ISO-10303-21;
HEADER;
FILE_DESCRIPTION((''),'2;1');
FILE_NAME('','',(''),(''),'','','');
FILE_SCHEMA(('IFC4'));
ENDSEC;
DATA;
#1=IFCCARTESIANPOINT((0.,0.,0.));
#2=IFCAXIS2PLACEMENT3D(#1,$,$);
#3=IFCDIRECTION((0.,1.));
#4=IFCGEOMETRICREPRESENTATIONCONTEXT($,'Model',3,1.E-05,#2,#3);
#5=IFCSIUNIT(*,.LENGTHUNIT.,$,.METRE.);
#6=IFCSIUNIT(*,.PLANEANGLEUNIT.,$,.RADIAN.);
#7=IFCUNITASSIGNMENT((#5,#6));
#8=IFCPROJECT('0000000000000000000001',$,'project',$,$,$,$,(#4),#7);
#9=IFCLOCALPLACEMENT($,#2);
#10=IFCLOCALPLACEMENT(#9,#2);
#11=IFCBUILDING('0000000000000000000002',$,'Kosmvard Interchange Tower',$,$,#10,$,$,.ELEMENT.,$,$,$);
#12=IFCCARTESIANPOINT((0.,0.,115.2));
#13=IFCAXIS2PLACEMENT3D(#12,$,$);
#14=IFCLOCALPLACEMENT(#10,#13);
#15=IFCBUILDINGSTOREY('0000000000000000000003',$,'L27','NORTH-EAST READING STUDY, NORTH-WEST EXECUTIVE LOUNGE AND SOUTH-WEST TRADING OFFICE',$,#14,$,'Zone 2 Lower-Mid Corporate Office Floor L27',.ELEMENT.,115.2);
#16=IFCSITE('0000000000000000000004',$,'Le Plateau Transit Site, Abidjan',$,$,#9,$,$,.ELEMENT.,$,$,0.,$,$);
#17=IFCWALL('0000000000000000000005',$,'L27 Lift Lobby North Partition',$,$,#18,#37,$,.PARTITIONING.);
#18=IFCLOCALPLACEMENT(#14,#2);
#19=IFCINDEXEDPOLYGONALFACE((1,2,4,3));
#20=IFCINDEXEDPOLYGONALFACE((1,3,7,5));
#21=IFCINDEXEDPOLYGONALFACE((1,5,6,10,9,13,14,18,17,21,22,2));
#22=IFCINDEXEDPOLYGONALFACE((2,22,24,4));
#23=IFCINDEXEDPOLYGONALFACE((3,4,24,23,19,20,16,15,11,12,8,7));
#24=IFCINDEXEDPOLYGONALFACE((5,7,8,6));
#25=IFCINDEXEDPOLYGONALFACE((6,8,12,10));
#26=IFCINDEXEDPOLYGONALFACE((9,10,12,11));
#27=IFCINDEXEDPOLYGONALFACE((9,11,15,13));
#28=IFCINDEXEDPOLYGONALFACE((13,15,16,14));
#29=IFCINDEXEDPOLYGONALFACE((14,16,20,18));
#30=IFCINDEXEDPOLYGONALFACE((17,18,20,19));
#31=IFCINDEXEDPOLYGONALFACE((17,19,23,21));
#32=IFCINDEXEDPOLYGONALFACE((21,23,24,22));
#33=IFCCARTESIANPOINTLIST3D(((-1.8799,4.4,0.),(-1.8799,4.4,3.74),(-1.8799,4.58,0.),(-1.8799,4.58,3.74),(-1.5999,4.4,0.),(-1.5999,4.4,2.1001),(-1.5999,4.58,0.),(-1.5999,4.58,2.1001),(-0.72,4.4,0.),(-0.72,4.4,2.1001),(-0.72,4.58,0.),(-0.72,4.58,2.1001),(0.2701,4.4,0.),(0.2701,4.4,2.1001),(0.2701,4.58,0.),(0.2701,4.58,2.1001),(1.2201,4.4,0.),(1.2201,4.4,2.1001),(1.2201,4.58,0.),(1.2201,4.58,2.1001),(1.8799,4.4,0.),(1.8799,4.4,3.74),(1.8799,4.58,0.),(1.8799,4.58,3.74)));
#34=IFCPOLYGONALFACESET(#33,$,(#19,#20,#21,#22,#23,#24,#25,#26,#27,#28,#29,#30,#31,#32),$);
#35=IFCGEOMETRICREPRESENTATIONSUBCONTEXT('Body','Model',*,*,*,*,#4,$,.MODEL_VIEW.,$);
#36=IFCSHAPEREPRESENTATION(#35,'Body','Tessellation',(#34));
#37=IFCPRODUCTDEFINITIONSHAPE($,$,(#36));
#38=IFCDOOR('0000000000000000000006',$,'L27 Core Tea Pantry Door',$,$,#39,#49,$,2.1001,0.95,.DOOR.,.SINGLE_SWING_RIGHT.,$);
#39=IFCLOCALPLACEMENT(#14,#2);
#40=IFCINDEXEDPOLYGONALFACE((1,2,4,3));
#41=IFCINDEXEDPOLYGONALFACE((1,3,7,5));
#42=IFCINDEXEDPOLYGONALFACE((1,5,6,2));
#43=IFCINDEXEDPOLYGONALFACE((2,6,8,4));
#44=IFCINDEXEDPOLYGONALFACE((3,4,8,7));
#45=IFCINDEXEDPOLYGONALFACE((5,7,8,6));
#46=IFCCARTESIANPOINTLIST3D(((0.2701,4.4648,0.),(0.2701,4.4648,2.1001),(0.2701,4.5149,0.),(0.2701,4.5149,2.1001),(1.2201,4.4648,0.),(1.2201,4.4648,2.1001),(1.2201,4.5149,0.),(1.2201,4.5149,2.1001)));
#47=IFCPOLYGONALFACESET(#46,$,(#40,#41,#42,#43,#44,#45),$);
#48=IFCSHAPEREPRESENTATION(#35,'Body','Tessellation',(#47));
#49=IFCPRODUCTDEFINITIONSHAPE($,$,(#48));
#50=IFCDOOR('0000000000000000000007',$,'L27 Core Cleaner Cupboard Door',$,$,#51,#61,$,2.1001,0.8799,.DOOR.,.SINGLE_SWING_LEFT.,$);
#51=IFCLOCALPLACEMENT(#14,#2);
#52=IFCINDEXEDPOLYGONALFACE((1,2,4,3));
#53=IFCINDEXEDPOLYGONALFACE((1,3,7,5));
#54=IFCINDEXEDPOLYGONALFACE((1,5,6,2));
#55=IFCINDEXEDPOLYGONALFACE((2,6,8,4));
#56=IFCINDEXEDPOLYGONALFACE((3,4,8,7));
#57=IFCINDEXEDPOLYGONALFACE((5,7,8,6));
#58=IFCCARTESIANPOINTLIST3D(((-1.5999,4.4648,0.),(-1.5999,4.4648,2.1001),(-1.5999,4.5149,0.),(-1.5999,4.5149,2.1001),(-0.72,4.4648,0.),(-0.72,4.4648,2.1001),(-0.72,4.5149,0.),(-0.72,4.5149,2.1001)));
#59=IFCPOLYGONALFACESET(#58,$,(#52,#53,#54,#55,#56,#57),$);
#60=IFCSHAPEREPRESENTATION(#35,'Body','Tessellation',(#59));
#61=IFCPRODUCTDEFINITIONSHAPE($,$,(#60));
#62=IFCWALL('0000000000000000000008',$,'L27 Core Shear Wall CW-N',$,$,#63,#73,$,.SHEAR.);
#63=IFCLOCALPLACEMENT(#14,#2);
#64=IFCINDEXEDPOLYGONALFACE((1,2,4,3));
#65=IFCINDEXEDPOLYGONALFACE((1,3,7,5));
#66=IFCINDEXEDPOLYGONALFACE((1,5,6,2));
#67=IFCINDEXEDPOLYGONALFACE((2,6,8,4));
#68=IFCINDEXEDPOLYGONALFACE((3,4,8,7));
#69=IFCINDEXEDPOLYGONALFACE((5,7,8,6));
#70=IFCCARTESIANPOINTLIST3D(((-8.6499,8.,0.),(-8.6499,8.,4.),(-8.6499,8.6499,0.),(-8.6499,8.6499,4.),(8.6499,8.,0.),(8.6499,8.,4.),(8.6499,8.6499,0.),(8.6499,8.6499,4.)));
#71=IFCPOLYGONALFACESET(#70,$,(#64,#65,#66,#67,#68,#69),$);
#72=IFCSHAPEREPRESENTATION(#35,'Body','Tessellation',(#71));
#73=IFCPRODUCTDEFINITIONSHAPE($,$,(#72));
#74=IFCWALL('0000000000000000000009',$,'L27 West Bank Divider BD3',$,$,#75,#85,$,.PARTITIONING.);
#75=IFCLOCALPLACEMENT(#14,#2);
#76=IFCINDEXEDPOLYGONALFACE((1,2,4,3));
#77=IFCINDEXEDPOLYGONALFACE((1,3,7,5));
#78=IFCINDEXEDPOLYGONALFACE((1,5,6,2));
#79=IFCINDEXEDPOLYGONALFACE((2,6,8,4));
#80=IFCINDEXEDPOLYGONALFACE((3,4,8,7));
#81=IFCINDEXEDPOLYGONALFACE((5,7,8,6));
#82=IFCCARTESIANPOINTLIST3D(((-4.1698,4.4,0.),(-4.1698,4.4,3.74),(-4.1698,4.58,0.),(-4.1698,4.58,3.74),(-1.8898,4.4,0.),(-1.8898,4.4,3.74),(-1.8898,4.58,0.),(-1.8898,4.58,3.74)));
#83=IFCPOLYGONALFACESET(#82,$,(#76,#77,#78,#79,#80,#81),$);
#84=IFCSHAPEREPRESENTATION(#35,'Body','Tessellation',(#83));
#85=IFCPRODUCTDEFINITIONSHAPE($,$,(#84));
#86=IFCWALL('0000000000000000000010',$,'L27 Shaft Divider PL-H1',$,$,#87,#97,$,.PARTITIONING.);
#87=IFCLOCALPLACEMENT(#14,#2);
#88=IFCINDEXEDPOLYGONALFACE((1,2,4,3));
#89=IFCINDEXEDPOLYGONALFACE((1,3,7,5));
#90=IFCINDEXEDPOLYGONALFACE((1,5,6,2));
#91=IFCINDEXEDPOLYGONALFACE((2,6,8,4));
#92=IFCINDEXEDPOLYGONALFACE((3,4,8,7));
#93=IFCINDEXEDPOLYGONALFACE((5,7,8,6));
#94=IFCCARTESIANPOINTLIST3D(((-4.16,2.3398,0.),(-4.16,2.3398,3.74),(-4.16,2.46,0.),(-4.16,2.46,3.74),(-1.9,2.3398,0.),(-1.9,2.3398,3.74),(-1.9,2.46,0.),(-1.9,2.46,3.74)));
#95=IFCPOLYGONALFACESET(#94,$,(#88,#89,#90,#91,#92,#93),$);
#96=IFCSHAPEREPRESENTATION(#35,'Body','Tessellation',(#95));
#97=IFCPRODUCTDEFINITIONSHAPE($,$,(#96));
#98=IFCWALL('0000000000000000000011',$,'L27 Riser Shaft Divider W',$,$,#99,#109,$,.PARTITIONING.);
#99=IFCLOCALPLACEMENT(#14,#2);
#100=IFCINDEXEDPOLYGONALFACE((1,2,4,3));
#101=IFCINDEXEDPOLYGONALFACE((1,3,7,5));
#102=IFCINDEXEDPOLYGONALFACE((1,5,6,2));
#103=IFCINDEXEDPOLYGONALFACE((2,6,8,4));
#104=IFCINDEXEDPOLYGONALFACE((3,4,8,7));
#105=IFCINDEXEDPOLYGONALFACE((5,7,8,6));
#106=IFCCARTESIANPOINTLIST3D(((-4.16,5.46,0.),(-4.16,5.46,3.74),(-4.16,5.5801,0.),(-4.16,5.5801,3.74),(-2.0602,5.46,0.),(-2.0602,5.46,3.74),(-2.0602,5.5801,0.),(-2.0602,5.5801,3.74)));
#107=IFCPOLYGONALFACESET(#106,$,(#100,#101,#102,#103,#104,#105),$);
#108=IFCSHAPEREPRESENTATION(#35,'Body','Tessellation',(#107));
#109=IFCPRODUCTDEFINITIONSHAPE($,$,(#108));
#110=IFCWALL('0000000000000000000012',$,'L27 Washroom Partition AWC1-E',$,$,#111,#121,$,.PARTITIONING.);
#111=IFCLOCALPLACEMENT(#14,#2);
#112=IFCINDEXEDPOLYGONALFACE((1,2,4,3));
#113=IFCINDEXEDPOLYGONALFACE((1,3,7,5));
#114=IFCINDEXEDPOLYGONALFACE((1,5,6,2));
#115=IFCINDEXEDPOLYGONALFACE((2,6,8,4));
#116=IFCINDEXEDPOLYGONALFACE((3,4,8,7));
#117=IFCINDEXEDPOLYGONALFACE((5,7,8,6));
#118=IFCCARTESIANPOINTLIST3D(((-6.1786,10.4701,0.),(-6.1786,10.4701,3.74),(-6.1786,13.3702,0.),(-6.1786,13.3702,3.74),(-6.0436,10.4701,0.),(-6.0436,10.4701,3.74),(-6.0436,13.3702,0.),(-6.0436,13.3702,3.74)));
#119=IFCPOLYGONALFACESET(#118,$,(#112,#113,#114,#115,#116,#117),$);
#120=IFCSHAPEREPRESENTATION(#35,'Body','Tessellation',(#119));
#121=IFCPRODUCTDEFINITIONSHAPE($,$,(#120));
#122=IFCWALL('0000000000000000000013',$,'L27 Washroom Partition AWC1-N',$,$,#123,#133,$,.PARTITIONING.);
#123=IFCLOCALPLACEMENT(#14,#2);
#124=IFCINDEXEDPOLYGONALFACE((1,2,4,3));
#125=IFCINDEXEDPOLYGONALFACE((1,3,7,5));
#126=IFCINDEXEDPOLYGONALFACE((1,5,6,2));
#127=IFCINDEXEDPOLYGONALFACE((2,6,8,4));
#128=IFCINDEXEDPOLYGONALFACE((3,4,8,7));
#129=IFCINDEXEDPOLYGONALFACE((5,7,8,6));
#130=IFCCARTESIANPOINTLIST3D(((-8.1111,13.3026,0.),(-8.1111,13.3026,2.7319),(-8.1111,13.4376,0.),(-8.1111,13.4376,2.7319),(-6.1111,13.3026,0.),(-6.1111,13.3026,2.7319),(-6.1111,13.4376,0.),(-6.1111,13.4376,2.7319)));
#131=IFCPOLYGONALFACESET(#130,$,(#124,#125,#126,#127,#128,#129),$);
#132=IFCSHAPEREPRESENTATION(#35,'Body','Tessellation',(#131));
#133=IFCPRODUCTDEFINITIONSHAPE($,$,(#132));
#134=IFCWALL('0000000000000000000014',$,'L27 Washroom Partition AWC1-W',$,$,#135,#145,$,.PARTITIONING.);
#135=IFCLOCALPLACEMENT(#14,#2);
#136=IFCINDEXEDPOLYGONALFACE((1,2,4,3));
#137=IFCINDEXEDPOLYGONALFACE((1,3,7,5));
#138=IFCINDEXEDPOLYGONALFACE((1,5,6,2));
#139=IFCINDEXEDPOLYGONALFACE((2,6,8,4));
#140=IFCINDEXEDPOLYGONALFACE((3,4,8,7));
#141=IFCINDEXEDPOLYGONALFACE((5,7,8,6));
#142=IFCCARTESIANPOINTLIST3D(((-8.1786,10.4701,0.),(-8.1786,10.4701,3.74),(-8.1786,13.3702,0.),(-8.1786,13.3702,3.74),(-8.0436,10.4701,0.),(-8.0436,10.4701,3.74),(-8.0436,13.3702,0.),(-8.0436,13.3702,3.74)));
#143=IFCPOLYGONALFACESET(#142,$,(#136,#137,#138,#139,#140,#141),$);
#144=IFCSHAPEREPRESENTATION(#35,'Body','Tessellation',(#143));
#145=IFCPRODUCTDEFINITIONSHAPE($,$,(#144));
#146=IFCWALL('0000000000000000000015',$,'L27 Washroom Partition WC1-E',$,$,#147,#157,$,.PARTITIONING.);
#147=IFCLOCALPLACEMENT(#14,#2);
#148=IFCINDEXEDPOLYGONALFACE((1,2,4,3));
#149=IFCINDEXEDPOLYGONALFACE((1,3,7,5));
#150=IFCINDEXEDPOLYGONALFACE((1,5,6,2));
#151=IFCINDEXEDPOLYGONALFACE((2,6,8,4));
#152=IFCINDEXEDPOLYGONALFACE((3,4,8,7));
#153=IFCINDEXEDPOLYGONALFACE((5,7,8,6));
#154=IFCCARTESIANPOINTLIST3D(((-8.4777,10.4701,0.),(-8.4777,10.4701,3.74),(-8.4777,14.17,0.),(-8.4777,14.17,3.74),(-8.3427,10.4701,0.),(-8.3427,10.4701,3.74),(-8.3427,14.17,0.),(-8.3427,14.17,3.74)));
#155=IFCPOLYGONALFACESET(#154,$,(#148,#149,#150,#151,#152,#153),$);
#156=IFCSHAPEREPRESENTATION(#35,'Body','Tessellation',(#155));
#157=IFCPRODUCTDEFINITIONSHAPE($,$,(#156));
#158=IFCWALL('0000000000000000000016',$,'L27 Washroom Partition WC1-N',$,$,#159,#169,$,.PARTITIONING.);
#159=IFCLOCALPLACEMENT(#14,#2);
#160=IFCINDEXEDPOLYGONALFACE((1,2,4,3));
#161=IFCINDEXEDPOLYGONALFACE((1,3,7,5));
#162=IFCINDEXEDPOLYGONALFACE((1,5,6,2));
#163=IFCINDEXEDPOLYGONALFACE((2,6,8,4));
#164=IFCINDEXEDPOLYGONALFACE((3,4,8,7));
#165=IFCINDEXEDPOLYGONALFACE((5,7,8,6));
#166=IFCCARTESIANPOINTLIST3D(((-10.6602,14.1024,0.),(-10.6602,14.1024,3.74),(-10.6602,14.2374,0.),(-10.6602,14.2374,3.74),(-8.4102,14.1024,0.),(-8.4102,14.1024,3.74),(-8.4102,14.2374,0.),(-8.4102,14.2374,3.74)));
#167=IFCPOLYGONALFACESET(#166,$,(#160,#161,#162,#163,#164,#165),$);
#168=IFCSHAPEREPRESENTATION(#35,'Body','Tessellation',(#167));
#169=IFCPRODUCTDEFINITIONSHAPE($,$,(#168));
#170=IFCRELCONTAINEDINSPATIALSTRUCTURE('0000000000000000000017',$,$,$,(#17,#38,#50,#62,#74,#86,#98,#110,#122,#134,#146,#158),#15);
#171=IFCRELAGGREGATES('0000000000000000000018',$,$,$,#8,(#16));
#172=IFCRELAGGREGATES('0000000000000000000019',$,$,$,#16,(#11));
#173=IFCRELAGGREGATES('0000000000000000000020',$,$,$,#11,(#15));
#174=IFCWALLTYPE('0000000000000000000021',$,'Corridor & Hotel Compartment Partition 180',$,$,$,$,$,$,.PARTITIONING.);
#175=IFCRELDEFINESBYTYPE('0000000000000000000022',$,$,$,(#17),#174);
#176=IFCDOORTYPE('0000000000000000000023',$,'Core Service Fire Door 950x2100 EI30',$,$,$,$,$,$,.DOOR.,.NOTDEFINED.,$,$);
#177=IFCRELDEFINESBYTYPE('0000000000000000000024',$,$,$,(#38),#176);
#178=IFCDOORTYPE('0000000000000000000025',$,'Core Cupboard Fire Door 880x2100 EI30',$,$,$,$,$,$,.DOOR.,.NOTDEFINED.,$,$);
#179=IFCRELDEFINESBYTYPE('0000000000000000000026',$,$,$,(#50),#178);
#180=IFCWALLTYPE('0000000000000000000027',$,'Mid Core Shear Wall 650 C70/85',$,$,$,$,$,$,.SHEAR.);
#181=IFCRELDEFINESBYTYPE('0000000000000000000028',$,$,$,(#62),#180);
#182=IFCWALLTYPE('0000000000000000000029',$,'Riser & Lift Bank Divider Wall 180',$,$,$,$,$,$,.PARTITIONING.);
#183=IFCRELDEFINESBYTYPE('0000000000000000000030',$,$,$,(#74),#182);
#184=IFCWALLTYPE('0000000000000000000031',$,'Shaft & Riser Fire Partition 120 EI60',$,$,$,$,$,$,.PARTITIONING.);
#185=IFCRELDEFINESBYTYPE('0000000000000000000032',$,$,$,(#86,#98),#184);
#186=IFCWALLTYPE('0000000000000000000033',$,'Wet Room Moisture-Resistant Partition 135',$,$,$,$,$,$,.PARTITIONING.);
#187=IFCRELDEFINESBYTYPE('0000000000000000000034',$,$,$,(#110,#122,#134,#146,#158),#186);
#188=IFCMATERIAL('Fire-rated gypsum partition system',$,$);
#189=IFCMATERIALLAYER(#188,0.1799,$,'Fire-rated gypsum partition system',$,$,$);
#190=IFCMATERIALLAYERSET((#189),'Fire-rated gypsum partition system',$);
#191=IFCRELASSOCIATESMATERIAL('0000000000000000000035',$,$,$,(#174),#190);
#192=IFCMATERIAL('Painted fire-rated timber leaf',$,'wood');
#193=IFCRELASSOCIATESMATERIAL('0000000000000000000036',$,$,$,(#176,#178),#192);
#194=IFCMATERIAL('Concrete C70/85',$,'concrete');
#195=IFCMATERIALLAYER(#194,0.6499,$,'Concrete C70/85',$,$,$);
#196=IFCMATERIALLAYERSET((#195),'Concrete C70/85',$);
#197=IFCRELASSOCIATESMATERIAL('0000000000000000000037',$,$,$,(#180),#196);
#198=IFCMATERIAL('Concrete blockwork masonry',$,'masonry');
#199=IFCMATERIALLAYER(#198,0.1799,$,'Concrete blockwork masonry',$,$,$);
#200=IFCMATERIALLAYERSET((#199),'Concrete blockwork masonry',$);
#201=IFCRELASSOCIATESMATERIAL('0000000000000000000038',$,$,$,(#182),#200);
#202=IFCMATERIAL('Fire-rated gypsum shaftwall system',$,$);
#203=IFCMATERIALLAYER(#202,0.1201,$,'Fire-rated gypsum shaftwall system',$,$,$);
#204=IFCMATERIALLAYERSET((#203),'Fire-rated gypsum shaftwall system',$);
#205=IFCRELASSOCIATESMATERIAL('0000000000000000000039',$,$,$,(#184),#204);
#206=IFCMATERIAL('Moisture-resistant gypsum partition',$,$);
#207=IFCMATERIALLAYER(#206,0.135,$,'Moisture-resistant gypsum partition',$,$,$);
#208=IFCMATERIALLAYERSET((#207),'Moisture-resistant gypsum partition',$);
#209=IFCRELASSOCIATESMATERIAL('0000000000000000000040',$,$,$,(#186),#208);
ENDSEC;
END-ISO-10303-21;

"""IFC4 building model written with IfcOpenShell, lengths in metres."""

from ifc_helpers import new_model, si_unit, direction, frame, frame_2d, origin, place, context, subcontext, project, spatial, rectangle, extrude, source, transform, mapped, material, layer, layer_set, type_object, element, fill, save


model = new_model("IFC4")

# Units and contexts
model_context = context("Model", 3, precision=1e-05, world=origin(), true_north=direction((0.0, 1.0)))
body_context = subcontext(model_context, "Body", "Model", "MODEL_VIEW")
ifc_project = project(units=[si_unit("LENGTHUNIT", "METRE"), si_unit("PLANEANGLEUNIT", "RADIAN")], contexts=[model_context])

# Site, building, storey
site_placement = place(None, origin())
site = spatial("IfcSite", under=ifc_project, at=site_placement, Name="Le Plateau Transit Site, Abidjan", CompositionType="ELEMENT", RefElevation=0.0)
building_placement = place(site_placement, origin())
building = spatial("IfcBuilding", under=site, at=building_placement, Name="Kosmvard Interchange Tower", CompositionType="ELEMENT")
storey_placement = place(building_placement, frame((0.0, 0.0, 115.2)))
storey = spatial("IfcBuildingStorey", under=building, at=storey_placement, Name="L27", Description="NORTH-EAST READING STUDY, NORTH-WEST EXECUTIVE LOUNGE AND SOUTH-WEST TRADING OFFICE", LongName="Zone 2 Lower-Mid Corporate Office Floor L27", CompositionType="ELEMENT", Elevation=115.2)

# Shared definitions
ifc_material_1 = material(Name="Fire-rated gypsum partition system")

# Wall, openings, doors
ifc_layer_1 = layer(ifc_material_1, 0.1799, Name="Fire-rated gypsum partition system")
ifc_layer_set_1 = layer_set([ifc_layer_1], Name="Fire-rated gypsum partition system")
wall_type_1 = type_object("IfcWallType", Name="Corridor & Hotel Compartment Partition 180", PredefinedType="PARTITIONING", material=ifc_layer_set_1)
wall_1_placement = place(storey_placement, frame((-1.8799, 4.49, 0.0), z_axis=(0.0, 0.0, 1.0), x_axis=(1.0, 0.0, 0.0)))
wall_1 = element("IfcWall", 1, at=wall_1_placement, inside=storey, type_object=wall_type_1, Name="L27 Lift Lobby North Partition", PredefinedType="PARTITIONING", context=body_context, shape_type="SweptSolid", body=[
    extrude(rectangle(XDim=3.7598, YDim=0.1799, at=frame_2d((1.8799, 0.0))), origin(), (0.0, 0.0, 1.0), 3.74),
])
opening_1_placement = place(wall_1_placement, frame((0.28, 0.0, 0.0)))
opening_1 = element("IfcOpeningElement", 2, at=opening_1_placement, cuts=wall_1, PredefinedType="OPENING", context=body_context, shape_type="SweptSolid", body=[
    extrude(rectangle(XDim=0.8799, YDim=2.1001, at=frame_2d((0.4399, 1.05))), frame((0.0, 0.1001, 0.0), z_axis=(0.0, -1.0, 0.0), x_axis=(1.0, 0.0, 0.0)), (0.0, 0.0, 1.0), 0.2),
])
opening_2_placement = place(wall_1_placement, frame((2.1499, 0.0, 0.0)))
opening_2 = element("IfcOpeningElement", 3, at=opening_2_placement, cuts=wall_1, PredefinedType="OPENING", context=body_context, shape_type="SweptSolid", body=[
    extrude(rectangle(XDim=0.95, YDim=2.1001, at=frame_2d((0.4751, 1.05))), frame((0.0, 0.1001, 0.0), z_axis=(0.0, -1.0, 0.0), x_axis=(1.0, 0.0, 0.0)), (0.0, 0.0, 1.0), 0.2),
])
ifc_material_2 = material(Name="Painted fire-rated timber leaf", Category="wood")
door_type_1 = type_object("IfcDoorType", Name="Core Service Fire Door 950x2100 EI30", OperationType="NOTDEFINED", PredefinedType="DOOR", material=ifc_material_2)
shared_shape_1 = source(origin(), body_context, "Body", "SweptSolid", [
    extrude(rectangle(XDim=0.95, YDim=2.1001, at=frame_2d((0.4751, 1.05))), frame((0.0, 0.0249, 0.0), z_axis=(0.0, -1.0, 0.0), x_axis=(1.0, 0.0, 0.0)), (0.0, 0.0, 1.0), 0.05),
])
door_1_placement = place(opening_2_placement, origin())
door_1 = element("IfcDoor", 4, at=door_1_placement, inside=storey, type_object=door_type_1, Name="L27 Core Tea Pantry Door", OperationType="SINGLE_SWING_RIGHT", OverallHeight=2.1001, OverallWidth=0.95, PredefinedType="DOOR", context=body_context, shape_type="MappedRepresentation", body=[
    mapped(shared_shape_1, transform((0.0, 0.0, 0.0), scale=1.0)),
])
fill(opening_2, door_1)
door_type_2 = type_object("IfcDoorType", Name="Core Cupboard Fire Door 880x2100 EI30", OperationType="NOTDEFINED", PredefinedType="DOOR", material=ifc_material_2)
shared_shape_2 = source(origin(), body_context, "Body", "SweptSolid", [
    extrude(rectangle(XDim=0.8799, YDim=2.1001, at=frame_2d((0.4399, 1.05))), frame((0.0, 0.0249, 0.0), z_axis=(0.0, -1.0, 0.0), x_axis=(1.0, 0.0, 0.0)), (0.0, 0.0, 1.0), 0.05),
])
door_2_placement = place(opening_1_placement, origin())
door_2 = element("IfcDoor", 5, at=door_2_placement, inside=storey, type_object=door_type_2, Name="L27 Core Cleaner Cupboard Door", OperationType="SINGLE_SWING_LEFT", OverallHeight=2.1001, OverallWidth=0.8799, PredefinedType="DOOR", context=body_context, shape_type="MappedRepresentation", body=[
    mapped(shared_shape_2, transform((0.0, 0.0, 0.0), scale=1.0)),
])
fill(opening_1, door_2)

# Walls
ifc_material_3 = material(Name="Concrete C70/85", Category="concrete")
ifc_layer_2 = layer(ifc_material_3, 0.6499, Name="Concrete C70/85")
ifc_layer_set_2 = layer_set([ifc_layer_2], Name="Concrete C70/85")
wall_type_2 = type_object("IfcWallType", Name="Mid Core Shear Wall 650 C70/85", PredefinedType="SHEAR", material=ifc_layer_set_2)
wall_2_placement = place(storey_placement, frame((-8.6499, 8.325, 0.0), z_axis=(0.0, 0.0, 1.0), x_axis=(1.0, 0.0, 0.0)))
element("IfcWall", 6, at=wall_2_placement, inside=storey, type_object=wall_type_2, Name="L27 Core Shear Wall CW-N", PredefinedType="SHEAR", context=body_context, shape_type="SweptSolid", body=[
    extrude(rectangle(XDim=17.2998, YDim=0.6499, at=frame_2d((8.6499, 0.0))), origin(), (0.0, 0.0, 1.0), 4.0),
])
ifc_material_4 = material(Name="Concrete blockwork masonry", Category="masonry")
ifc_layer_3 = layer(ifc_material_4, 0.1799, Name="Concrete blockwork masonry")
ifc_layer_set_3 = layer_set([ifc_layer_3], Name="Concrete blockwork masonry")
wall_type_3 = type_object("IfcWallType", Name="Riser & Lift Bank Divider Wall 180", PredefinedType="PARTITIONING", material=ifc_layer_set_3)
wall_3_placement = place(storey_placement, frame((-4.1699, 4.49, 0.0), z_axis=(0.0, 0.0, 1.0), x_axis=(1.0, 0.0, 0.0)))
element("IfcWall", 7, at=wall_3_placement, inside=storey, type_object=wall_type_3, Name="L27 West Bank Divider BD3", PredefinedType="PARTITIONING", context=body_context, shape_type="SweptSolid", body=[
    extrude(rectangle(XDim=2.28, YDim=0.1799, at=frame_2d((1.1401, 0.0))), origin(), (0.0, 0.0, 1.0), 3.74),
])
ifc_material_5 = material(Name="Fire-rated gypsum shaftwall system")
ifc_layer_4 = layer(ifc_material_5, 0.1201, Name="Fire-rated gypsum shaftwall system")
ifc_layer_set_4 = layer_set([ifc_layer_4], Name="Fire-rated gypsum shaftwall system")
wall_type_4 = type_object("IfcWallType", Name="Shaft & Riser Fire Partition 120 EI60", PredefinedType="PARTITIONING", material=ifc_layer_set_4)
wall_4_placement = place(storey_placement, frame((-4.1599, 2.3999, 0.0), z_axis=(0.0, 0.0, 1.0), x_axis=(1.0, 0.0, 0.0)))
element("IfcWall", 8, at=wall_4_placement, inside=storey, type_object=wall_type_4, Name="L27 Shaft Divider PL-H1", PredefinedType="PARTITIONING", context=body_context, shape_type="SweptSolid", body=[
    extrude(rectangle(XDim=2.26, YDim=0.1201, at=frame_2d((1.1299, 0.0))), origin(), (0.0, 0.0, 1.0), 3.74),
])
wall_5_placement = place(storey_placement, frame((-4.1599, 5.52, 0.0), z_axis=(0.0, 0.0, 1.0), x_axis=(1.0, 0.0, 0.0)))
element("IfcWall", 9, at=wall_5_placement, inside=storey, type_object=wall_type_4, Name="L27 Riser Shaft Divider W", PredefinedType="PARTITIONING", context=body_context, shape_type="SweptSolid", body=[
    extrude(rectangle(XDim=2.0999, YDim=0.1201, at=frame_2d((1.0498, 0.0))), origin(), (0.0, 0.0, 1.0), 3.74),
])
ifc_material_6 = material(Name="Moisture-resistant gypsum partition")
ifc_layer_5 = layer(ifc_material_6, 0.135, Name="Moisture-resistant gypsum partition")
ifc_layer_set_5 = layer_set([ifc_layer_5], Name="Moisture-resistant gypsum partition")
wall_type_5 = type_object("IfcWallType", Name="Wet Room Moisture-Resistant Partition 135", PredefinedType="PARTITIONING", material=ifc_layer_set_5)
wall_6_placement = place(storey_placement, frame((-6.1111, 10.47, 0.0), z_axis=(0.0, 0.0, 1.0), x_axis=(0.0, 1.0, 0.0)))
element("IfcWall", 10, at=wall_6_placement, inside=storey, type_object=wall_type_5, Name="L27 Washroom Partition AWC1-E", PredefinedType="PARTITIONING", context=body_context, shape_type="SweptSolid", body=[
    extrude(rectangle(XDim=2.9001, YDim=0.135, at=frame_2d((1.4502, 0.0))), origin(), (0.0, 0.0, 1.0), 3.74),
])
wall_7_placement = place(storey_placement, frame((-8.1111, 13.3701, 0.0), z_axis=(0.0, 0.0, 1.0), x_axis=(1.0, 0.0, 0.0)))
element("IfcWall", 11, at=wall_7_placement, inside=storey, type_object=wall_type_5, Name="L27 Washroom Partition AWC1-N", PredefinedType="PARTITIONING", context=body_context, shape_type="SweptSolid", body=[
    extrude(rectangle(XDim=2.0, YDim=0.135, at=frame_2d((1.0, 0.0))), origin(), (0.0, 0.0, 1.0), 2.7319),
])
wall_8_placement = place(storey_placement, frame((-8.1111, 10.47, 0.0), z_axis=(0.0, 0.0, 1.0), x_axis=(0.0, 1.0, 0.0)))
element("IfcWall", 12, at=wall_8_placement, inside=storey, type_object=wall_type_5, Name="L27 Washroom Partition AWC1-W", PredefinedType="PARTITIONING", context=body_context, shape_type="SweptSolid", body=[
    extrude(rectangle(XDim=2.9001, YDim=0.135, at=frame_2d((1.4502, 0.0))), origin(), (0.0, 0.0, 1.0), 3.74),
])
wall_9_placement = place(storey_placement, frame((-8.4102, 10.47, 0.0), z_axis=(0.0, 0.0, 1.0), x_axis=(0.0, 1.0, 0.0)))
element("IfcWall", 13, at=wall_9_placement, inside=storey, type_object=wall_type_5, Name="L27 Washroom Partition WC1-E", PredefinedType="PARTITIONING", context=body_context, shape_type="SweptSolid", body=[
    extrude(rectangle(XDim=3.7, YDim=0.135, at=frame_2d((1.8501, 0.0))), origin(), (0.0, 0.0, 1.0), 3.74),
])
wall_10_placement = place(storey_placement, frame((-10.6602, 14.1699, 0.0), z_axis=(0.0, 0.0, 1.0), x_axis=(1.0, 0.0, 0.0)))
element("IfcWall", 14, at=wall_10_placement, inside=storey, type_object=wall_type_5, Name="L27 Washroom Partition WC1-N", PredefinedType="PARTITIONING", context=body_context, shape_type="SweptSolid", body=[
    extrude(rectangle(XDim=2.25, YDim=0.135, at=frame_2d((1.125, 0.0))), origin(), (0.0, 0.0, 1.0), 3.74),
])

save(model, "model.ifc")
